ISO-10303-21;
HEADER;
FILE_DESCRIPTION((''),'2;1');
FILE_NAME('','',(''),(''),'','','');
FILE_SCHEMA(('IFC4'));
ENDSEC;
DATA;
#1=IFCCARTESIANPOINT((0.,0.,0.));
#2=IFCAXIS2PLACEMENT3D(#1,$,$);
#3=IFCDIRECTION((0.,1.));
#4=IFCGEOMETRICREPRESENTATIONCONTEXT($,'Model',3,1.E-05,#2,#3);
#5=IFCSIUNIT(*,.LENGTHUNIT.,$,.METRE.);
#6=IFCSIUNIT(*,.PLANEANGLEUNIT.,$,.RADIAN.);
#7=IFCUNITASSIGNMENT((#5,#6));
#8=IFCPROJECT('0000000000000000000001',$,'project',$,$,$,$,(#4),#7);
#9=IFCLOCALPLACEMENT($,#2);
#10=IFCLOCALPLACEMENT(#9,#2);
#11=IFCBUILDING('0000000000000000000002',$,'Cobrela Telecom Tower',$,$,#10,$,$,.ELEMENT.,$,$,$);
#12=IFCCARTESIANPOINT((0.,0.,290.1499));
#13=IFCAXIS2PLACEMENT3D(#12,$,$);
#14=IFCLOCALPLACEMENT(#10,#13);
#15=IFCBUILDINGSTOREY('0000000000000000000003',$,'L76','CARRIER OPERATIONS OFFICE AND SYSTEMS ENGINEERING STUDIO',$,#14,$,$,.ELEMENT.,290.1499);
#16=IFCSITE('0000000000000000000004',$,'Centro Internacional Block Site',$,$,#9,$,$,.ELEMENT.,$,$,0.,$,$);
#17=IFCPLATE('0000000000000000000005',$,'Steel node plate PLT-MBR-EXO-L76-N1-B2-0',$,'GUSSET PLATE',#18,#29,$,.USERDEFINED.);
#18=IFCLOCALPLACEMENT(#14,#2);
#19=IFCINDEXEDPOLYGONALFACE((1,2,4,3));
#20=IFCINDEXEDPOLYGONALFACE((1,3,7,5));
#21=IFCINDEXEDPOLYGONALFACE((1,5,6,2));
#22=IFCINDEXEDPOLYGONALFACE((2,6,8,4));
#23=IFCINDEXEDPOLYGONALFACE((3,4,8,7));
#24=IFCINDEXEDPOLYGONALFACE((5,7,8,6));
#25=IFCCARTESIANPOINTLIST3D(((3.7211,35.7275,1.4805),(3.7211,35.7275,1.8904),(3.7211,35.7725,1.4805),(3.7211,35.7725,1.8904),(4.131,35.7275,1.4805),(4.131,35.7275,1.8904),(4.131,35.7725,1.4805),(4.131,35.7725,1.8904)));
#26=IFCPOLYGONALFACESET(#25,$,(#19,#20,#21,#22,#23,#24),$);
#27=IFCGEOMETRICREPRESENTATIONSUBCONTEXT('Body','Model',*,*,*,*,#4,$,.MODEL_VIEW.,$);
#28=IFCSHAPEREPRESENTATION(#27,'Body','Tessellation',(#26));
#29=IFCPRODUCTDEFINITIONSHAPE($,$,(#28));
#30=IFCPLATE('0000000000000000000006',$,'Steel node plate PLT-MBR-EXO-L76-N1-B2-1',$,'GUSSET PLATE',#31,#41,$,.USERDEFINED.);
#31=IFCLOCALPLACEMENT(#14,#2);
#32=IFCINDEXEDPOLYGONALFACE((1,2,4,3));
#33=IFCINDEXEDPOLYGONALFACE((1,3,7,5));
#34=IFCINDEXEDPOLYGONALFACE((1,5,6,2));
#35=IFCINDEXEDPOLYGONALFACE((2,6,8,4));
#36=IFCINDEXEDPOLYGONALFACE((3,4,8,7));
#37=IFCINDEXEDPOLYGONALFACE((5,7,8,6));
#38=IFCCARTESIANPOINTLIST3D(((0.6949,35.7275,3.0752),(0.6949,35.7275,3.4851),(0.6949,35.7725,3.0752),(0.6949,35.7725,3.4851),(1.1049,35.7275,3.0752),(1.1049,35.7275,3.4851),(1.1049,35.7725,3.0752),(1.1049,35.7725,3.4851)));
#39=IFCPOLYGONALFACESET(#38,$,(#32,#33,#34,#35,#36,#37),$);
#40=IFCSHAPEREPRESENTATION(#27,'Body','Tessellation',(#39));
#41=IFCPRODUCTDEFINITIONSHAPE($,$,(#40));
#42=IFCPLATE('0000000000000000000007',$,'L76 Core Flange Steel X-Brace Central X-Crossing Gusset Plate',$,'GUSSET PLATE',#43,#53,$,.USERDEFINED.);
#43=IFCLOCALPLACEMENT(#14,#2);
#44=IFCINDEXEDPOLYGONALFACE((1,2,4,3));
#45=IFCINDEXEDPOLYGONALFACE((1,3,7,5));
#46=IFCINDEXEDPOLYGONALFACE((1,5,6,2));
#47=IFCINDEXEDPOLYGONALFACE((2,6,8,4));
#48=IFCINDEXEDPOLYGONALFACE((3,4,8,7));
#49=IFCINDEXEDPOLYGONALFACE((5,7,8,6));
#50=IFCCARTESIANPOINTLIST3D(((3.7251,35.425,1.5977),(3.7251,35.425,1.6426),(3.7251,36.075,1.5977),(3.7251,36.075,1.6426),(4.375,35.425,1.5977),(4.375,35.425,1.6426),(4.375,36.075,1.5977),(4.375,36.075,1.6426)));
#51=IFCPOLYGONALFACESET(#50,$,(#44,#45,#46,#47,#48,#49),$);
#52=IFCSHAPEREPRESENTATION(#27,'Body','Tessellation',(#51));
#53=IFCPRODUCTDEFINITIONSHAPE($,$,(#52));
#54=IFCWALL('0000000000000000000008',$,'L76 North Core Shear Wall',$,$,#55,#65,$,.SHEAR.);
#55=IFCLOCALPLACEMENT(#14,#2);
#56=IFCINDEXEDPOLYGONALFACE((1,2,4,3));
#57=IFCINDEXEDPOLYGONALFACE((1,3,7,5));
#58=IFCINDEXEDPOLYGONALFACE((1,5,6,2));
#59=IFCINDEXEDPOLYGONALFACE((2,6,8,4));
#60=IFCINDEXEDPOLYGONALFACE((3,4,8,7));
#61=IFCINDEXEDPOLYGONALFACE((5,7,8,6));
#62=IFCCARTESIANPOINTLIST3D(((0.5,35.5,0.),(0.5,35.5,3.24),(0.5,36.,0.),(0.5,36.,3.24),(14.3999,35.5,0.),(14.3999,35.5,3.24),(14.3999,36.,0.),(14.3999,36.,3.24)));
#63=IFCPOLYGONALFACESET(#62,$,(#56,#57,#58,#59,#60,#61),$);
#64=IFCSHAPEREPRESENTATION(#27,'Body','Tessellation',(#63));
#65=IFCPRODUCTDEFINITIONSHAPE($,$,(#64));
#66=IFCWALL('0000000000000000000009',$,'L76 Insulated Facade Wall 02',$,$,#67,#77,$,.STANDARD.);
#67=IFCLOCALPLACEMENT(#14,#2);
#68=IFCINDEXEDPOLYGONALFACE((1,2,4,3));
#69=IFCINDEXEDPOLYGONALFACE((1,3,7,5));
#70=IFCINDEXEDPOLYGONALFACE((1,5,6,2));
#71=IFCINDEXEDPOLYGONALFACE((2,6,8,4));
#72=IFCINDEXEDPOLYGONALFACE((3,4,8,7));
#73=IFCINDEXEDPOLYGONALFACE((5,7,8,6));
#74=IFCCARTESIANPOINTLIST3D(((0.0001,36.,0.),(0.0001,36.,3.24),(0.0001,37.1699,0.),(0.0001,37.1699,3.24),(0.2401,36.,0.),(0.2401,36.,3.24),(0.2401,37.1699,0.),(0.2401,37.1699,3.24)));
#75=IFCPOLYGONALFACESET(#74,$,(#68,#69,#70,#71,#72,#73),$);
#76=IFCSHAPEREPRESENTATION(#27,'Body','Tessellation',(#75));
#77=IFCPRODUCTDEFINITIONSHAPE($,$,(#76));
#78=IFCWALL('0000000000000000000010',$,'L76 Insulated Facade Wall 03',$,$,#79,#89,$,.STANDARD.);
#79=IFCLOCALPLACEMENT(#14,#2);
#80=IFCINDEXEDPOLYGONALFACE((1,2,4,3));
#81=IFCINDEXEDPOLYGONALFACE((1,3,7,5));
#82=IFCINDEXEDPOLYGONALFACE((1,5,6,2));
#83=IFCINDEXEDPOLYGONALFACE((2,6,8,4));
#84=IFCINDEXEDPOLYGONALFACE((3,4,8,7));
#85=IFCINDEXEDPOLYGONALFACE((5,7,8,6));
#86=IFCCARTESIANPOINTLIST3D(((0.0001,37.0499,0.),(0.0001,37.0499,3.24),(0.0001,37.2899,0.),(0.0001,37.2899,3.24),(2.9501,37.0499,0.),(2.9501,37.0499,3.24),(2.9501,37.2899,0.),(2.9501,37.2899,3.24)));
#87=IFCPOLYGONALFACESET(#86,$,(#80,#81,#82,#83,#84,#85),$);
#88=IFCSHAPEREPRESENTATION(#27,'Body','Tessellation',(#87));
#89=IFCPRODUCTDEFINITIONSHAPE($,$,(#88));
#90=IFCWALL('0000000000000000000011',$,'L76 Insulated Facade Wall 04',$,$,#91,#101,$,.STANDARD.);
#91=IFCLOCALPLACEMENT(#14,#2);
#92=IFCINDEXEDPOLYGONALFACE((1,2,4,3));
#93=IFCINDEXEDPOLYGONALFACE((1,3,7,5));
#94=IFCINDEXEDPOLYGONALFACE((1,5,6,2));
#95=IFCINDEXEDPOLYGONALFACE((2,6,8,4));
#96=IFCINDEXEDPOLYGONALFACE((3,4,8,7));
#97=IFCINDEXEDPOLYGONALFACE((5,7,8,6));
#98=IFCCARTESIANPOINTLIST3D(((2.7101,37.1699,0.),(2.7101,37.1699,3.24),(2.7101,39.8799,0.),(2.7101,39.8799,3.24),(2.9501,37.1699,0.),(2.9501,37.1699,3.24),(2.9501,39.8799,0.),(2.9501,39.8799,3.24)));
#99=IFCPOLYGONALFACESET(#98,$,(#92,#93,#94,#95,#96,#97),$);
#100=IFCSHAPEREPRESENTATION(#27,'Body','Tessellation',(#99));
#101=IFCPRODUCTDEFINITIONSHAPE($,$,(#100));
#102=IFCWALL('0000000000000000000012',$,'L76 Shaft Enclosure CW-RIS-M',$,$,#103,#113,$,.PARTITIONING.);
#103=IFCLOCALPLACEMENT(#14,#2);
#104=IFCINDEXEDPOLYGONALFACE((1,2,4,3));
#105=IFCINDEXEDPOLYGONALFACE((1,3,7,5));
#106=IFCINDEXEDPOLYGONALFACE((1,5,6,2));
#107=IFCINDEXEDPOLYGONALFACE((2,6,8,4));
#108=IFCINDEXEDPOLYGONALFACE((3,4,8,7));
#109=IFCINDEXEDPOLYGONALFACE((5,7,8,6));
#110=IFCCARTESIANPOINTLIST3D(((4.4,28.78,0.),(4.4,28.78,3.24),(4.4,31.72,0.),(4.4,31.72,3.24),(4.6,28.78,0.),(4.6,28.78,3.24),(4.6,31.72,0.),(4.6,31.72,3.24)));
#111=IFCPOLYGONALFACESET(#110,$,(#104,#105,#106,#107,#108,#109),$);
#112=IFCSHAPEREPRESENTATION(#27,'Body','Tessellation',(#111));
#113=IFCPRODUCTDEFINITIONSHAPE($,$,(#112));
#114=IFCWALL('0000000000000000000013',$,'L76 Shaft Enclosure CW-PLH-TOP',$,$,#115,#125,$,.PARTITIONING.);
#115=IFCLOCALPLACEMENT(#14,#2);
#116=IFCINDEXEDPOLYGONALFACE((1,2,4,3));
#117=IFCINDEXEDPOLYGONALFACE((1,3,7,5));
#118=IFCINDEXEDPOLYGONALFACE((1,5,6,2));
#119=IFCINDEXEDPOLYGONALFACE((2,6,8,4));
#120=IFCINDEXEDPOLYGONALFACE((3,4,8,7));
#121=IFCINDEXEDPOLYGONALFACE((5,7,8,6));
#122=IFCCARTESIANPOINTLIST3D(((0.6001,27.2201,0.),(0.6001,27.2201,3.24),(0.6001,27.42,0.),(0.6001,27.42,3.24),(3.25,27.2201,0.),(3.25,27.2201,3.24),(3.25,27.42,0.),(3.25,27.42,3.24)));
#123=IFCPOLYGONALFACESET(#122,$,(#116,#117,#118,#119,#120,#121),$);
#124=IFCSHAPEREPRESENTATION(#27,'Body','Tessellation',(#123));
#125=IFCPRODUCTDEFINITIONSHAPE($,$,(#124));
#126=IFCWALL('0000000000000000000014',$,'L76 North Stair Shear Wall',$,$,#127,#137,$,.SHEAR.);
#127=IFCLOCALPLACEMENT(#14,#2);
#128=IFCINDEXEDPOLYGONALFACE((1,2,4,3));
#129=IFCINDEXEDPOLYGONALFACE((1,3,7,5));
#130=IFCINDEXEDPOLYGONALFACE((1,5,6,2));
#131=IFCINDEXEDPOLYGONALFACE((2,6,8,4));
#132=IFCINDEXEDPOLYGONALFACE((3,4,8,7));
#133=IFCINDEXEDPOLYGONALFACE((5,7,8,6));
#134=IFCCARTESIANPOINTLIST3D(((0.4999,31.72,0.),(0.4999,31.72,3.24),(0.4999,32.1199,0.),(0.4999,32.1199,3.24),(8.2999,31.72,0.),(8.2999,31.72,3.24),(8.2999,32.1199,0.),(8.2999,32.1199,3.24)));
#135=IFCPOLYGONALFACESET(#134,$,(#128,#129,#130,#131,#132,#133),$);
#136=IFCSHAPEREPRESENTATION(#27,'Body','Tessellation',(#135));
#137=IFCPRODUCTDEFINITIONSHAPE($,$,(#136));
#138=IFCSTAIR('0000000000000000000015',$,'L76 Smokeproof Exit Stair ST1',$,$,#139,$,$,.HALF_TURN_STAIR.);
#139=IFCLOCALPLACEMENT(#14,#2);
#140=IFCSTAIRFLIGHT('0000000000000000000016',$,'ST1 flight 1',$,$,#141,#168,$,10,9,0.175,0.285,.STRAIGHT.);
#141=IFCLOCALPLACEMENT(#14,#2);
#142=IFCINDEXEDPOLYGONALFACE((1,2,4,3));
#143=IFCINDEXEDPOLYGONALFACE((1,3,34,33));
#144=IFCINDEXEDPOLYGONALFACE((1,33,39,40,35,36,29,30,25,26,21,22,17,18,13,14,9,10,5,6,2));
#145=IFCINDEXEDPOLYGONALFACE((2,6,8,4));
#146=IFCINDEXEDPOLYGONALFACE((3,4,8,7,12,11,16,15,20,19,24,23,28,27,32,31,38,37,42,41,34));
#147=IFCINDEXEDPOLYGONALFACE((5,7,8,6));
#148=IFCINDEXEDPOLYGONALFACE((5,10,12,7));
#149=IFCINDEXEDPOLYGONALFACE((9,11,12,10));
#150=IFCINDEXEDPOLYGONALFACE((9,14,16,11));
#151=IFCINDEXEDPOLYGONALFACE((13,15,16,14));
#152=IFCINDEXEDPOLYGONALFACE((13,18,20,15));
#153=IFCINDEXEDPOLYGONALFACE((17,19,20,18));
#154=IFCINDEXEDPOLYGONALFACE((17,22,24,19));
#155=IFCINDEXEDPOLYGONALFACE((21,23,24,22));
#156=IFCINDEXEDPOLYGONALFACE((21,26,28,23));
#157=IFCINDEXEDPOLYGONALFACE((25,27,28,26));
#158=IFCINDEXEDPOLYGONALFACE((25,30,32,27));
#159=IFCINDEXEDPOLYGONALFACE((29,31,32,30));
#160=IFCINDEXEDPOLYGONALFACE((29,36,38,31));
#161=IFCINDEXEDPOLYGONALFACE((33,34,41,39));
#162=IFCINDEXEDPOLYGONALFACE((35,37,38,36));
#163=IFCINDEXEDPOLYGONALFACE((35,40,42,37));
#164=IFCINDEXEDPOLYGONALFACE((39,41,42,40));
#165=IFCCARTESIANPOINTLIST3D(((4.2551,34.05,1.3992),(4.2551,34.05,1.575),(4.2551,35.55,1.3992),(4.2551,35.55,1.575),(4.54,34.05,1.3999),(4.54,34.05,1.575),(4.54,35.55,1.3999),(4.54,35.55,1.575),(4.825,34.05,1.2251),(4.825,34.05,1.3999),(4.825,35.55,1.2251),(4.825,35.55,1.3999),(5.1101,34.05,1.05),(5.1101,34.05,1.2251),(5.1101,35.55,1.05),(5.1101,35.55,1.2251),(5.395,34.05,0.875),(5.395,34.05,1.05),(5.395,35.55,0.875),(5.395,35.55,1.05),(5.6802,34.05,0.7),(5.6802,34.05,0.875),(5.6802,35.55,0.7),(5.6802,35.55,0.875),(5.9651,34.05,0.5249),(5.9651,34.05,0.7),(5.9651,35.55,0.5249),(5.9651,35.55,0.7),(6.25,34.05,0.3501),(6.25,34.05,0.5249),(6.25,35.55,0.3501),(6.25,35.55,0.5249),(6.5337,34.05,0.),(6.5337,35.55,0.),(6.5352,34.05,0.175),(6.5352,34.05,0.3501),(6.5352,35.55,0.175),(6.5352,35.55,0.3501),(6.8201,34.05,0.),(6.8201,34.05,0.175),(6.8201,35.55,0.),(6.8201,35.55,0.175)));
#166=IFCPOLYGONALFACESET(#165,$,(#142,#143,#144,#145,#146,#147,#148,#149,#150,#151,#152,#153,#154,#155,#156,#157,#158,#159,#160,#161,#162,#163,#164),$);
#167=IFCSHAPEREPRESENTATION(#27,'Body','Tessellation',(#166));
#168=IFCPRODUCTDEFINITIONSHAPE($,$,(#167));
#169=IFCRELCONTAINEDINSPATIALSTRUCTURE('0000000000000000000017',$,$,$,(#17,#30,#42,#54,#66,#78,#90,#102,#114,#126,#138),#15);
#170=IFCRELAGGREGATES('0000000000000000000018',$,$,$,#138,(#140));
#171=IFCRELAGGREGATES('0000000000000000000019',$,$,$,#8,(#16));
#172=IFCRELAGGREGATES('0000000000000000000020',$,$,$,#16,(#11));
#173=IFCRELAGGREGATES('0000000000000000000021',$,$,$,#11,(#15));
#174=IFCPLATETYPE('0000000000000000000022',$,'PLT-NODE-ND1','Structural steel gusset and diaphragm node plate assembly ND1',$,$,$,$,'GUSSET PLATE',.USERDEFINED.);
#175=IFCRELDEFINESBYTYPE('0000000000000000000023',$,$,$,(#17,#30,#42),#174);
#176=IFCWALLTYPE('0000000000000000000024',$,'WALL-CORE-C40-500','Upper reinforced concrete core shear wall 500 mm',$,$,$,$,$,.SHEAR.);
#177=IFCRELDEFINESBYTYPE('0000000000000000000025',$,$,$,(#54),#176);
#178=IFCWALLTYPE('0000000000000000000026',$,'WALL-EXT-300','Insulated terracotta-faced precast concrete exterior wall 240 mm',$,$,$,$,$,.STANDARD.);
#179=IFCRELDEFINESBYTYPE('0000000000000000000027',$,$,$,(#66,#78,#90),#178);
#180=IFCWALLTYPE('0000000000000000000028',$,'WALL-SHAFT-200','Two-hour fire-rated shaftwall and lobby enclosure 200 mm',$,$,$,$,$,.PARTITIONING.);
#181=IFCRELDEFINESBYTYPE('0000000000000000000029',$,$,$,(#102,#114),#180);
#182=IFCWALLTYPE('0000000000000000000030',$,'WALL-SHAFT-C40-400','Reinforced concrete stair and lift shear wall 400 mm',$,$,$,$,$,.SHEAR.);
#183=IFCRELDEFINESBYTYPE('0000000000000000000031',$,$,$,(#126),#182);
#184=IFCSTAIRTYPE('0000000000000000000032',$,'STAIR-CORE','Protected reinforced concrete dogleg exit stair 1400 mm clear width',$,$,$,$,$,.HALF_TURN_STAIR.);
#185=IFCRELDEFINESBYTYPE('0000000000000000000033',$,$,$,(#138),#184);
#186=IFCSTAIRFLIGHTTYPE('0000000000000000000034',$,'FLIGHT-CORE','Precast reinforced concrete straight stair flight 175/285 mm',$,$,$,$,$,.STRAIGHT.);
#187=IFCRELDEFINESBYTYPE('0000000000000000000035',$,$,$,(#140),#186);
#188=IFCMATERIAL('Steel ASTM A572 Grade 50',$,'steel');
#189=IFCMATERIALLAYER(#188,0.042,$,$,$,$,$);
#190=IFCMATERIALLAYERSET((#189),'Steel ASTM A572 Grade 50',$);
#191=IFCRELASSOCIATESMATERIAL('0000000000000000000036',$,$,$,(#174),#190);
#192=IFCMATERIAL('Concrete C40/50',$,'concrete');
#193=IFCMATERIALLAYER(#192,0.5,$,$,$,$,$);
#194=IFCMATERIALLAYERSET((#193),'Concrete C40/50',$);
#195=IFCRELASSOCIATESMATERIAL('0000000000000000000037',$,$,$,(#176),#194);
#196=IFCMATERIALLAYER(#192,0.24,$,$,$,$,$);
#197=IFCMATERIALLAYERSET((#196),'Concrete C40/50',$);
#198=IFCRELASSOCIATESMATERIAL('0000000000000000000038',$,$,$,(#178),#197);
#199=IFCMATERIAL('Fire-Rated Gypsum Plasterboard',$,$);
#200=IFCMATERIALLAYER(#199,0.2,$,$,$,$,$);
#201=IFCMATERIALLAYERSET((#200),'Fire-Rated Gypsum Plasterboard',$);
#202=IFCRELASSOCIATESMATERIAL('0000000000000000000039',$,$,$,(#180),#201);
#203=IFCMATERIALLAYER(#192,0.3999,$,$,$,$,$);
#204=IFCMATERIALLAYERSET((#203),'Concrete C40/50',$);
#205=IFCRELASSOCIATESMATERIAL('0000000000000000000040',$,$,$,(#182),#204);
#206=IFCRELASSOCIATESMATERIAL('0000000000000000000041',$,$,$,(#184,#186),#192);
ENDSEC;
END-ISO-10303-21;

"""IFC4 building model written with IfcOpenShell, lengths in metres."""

from ifc_helpers import new_model, si_unit, direction, frame, frame_2d, origin, origin_2d, place, context, subcontext, project, spatial, polyline, rectangle, outline, extrude, material, layer, layer_set, type_object, element, aggregate, save


model = new_model("IFC4")

# Units and contexts
model_context = context("Model", 3, precision=1e-05, world=origin(), true_north=direction((0.0, 1.0)))
body_context = subcontext(model_context, "Body", "Model", "MODEL_VIEW")
ifc_project = project(units=[si_unit("LENGTHUNIT", "METRE"), si_unit("PLANEANGLEUNIT", "RADIAN")], contexts=[model_context])

# Site, building, storey
site_placement = place(None, origin())
site = spatial("IfcSite", under=ifc_project, at=site_placement, Name="Centro Internacional Block Site", CompositionType="ELEMENT", RefElevation=0.0)
building_placement = place(site_placement, origin())
building = spatial("IfcBuilding", under=site, at=building_placement, Name="Cobrela Telecom Tower", CompositionType="ELEMENT")
storey_placement = place(building_placement, frame((0.0, 0.0, 290.1499)))
storey = spatial("IfcBuildingStorey", under=building, at=storey_placement, Name="L76", Description="CARRIER OPERATIONS OFFICE AND SYSTEMS ENGINEERING STUDIO", CompositionType="ELEMENT", Elevation=290.1499)

# Shared definitions
ifc_material_1 = material(Name="Steel ASTM A572 Grade 50", Category="steel")

# Plates
ifc_layer_1 = layer(ifc_material_1, 0.042)
ifc_layer_set_1 = layer_set([ifc_layer_1], Name="Steel ASTM A572 Grade 50")
plate_type_1 = type_object("IfcPlateType", Name="PLT-NODE-ND1", Description="Structural steel gusset and diaphragm node plate assembly ND1", ElementType="GUSSET PLATE", PredefinedType="USERDEFINED", material=ifc_layer_set_1)
for number, where, z_axis, x_axis, name in (
    (1, (3.926, 35.75, 1.4805), (0.0, 0.0, 1.0), (-1.0, 0.0, 0.0), "Steel node plate PLT-MBR-EXO-L76-N1-B2-0"),
    (2, (0.8999, 35.75, 3.0752), (0.0, 0.0, 1.0), (-1.0, 0.0, 0.0), "Steel node plate PLT-MBR-EXO-L76-N1-B2-1"),
):
    element("IfcPlate", number, at=place(storey_placement, frame(where, z_axis=z_axis, x_axis=x_axis)), inside=storey, type_object=plate_type_1, Name=name, ObjectType="GUSSET PLATE", PredefinedType="USERDEFINED", context=body_context, shape_type="SweptSolid", body=[
        extrude(rectangle(XDim=0.4099, YDim=0.0449, at=origin_2d()), origin(), (0.0, 0.0, 1.0), 0.4099),
    ])
plate_1_placement = place(storey_placement, frame((4.05, 35.75, 1.5977), z_axis=(0.0, 0.0, 1.0), x_axis=(1.0, 0.0, 0.0)))
element("IfcPlate", 3, at=plate_1_placement, inside=storey, type_object=plate_type_1, Name="L76 Core Flange Steel X-Brace Central X-Crossing Gusset Plate", ObjectType="GUSSET PLATE", PredefinedType="USERDEFINED", context=body_context, shape_type="SweptSolid", body=[
    extrude(rectangle(XDim=0.6499, YDim=0.6499, at=origin_2d()), origin(), (0.0, 0.0, 1.0), 0.0449),
])

# Walls
ifc_material_2 = material(Name="Concrete C40/50", Category="concrete")
ifc_layer_2 = layer(ifc_material_2, 0.5)
ifc_layer_set_2 = layer_set([ifc_layer_2], Name="Concrete C40/50")
wall_type_1 = type_object("IfcWallType", Name="WALL-CORE-C40-500", Description="Upper reinforced concrete core shear wall 500 mm", PredefinedType="SHEAR", material=ifc_layer_set_2)
wall_1_placement = place(storey_placement, frame((0.5, 35.75, 0.0), z_axis=(0.0, 0.0, 1.0), x_axis=(1.0, 0.0, 0.0)))
element("IfcWall", 4, at=wall_1_placement, inside=storey, type_object=wall_type_1, Name="L76 North Core Shear Wall", PredefinedType="SHEAR", context=body_context, shape_type="SweptSolid", body=[
    extrude(rectangle(XDim=13.8999, YDim=0.5, at=frame_2d((6.95, 0.0))), origin(), (0.0, 0.0, 1.0), 3.24),
])
ifc_layer_3 = layer(ifc_material_2, 0.24)
ifc_layer_set_3 = layer_set([ifc_layer_3], Name="Concrete C40/50")
wall_type_2 = type_object("IfcWallType", Name="WALL-EXT-300", Description="Insulated terracotta-faced precast concrete exterior wall 240 mm", PredefinedType="STANDARD", material=ifc_layer_set_3)
wall_2_placement = place(storey_placement, frame((0.1201, 36.0, 0.0), z_axis=(0.0, 0.0, 1.0), x_axis=(0.0, 1.0, 0.0)))
element("IfcWall", 5, at=wall_2_placement, inside=storey, type_object=wall_type_2, Name="L76 Insulated Facade Wall 02", PredefinedType="STANDARD", context=body_context, shape_type="SweptSolid", body=[
    extrude(rectangle(XDim=1.1699, YDim=0.24, at=frame_2d((0.585, 0.0))), origin(), (0.0, 0.0, 1.0), 3.24),
])
wall_3_placement = place(storey_placement, frame((0.0, 37.1699, 0.0), z_axis=(0.0, 0.0, 1.0), x_axis=(1.0, 0.0, 0.0)))
element("IfcWall", 6, at=wall_3_placement, inside=storey, type_object=wall_type_2, Name="L76 Insulated Facade Wall 03", PredefinedType="STANDARD", context=body_context, shape_type="SweptSolid", body=[
    extrude(rectangle(XDim=2.95, YDim=0.24, at=frame_2d((1.4751, 0.0))), origin(), (0.0, 0.0, 1.0), 3.24),
])
wall_4_placement = place(storey_placement, frame((2.8301, 37.1699, 0.0), z_axis=(0.0, 0.0, 1.0), x_axis=(0.0, 1.0, 0.0)))
element("IfcWall", 7, at=wall_4_placement, inside=storey, type_object=wall_type_2, Name="L76 Insulated Facade Wall 04", PredefinedType="STANDARD", context=body_context, shape_type="SweptSolid", body=[
    extrude(rectangle(XDim=2.71, YDim=0.24, at=frame_2d((1.355, 0.0))), origin(), (0.0, 0.0, 1.0), 3.24),
])

# Shared definitions
ifc_material_3 = material(Name="Fire-Rated Gypsum Plasterboard")
ifc_layer_4 = layer(ifc_material_3, 0.2)
ifc_layer_set_4 = layer_set([ifc_layer_4], Name="Fire-Rated Gypsum Plasterboard")
wall_type_3 = type_object("IfcWallType", Name="WALL-SHAFT-200", Description="Two-hour fire-rated shaftwall and lobby enclosure 200 mm", PredefinedType="PARTITIONING", material=ifc_layer_set_4)

# Walls
wall_5_placement = place(storey_placement, frame((4.5, 28.78, 0.0), z_axis=(0.0, 0.0, 1.0), x_axis=(0.0, 1.0, 0.0)))
element("IfcWall", 8, at=wall_5_placement, inside=storey, type_object=wall_type_3, Name="L76 Shaft Enclosure CW-RIS-M", PredefinedType="PARTITIONING", context=body_context, shape_type="SweptSolid", body=[
    extrude(rectangle(XDim=2.9399, YDim=0.2, at=frame_2d((1.47, 0.0))), origin(), (0.0, 0.0, 1.0), 3.24),
])
wall_6_placement = place(storey_placement, frame((0.6001, 27.3201, 0.0), z_axis=(0.0, 0.0, 1.0), x_axis=(1.0, 0.0, 0.0)))
element("IfcWall", 9, at=wall_6_placement, inside=storey, type_object=wall_type_3, Name="L76 Shaft Enclosure CW-PLH-TOP", PredefinedType="PARTITIONING", context=body_context, shape_type="SweptSolid", body=[
    extrude(rectangle(XDim=2.6499, YDim=0.2, at=frame_2d((1.325, 0.0))), origin(), (0.0, 0.0, 1.0), 3.24),
])
ifc_layer_5 = layer(ifc_material_2, 0.3999)
ifc_layer_set_5 = layer_set([ifc_layer_5], Name="Concrete C40/50")
wall_type_4 = type_object("IfcWallType", Name="WALL-SHAFT-C40-400", Description="Reinforced concrete stair and lift shear wall 400 mm", PredefinedType="SHEAR", material=ifc_layer_set_5)
wall_7_placement = place(storey_placement, frame((0.5, 31.9199, 0.0), z_axis=(0.0, 0.0, 1.0), x_axis=(1.0, 0.0, 0.0)))
element("IfcWall", 10, at=wall_7_placement, inside=storey, type_object=wall_type_4, Name="L76 North Stair Shear Wall", PredefinedType="SHEAR", context=body_context, shape_type="SweptSolid", body=[
    extrude(rectangle(XDim=7.8, YDim=0.3999, at=frame_2d((3.8999, 0.0))), origin(), (0.0, 0.0, 1.0), 3.24),
])

# Stair, stair flight
stair_type = type_object("IfcStairType", Name="STAIR-CORE", Description="Protected reinforced concrete dogleg exit stair 1400 mm clear width", PredefinedType="HALF_TURN_STAIR", material=ifc_material_2)
stair_placement = place(storey_placement, origin())
stair = element("IfcStair", 11, at=stair_placement, inside=storey, type_object=stair_type, Name="L76 Smokeproof Exit Stair ST1", PredefinedType="HALF_TURN_STAIR")
stair_flight_type = type_object("IfcStairFlightType", Name="FLIGHT-CORE", Description="Precast reinforced concrete straight stair flight 175/285 mm", PredefinedType="STRAIGHT", material=ifc_material_2)
stair_flight_1_placement = place(storey_placement, frame((6.8201, 34.8, 0.0), z_axis=(0.0, 0.0, 1.0), x_axis=(-1.0, 0.0, 0.0)))
stair_flight_1 = element("IfcStairFlight", 12, at=stair_flight_1_placement, type_object=stair_flight_type, Name="ST1 flight 1", NumberOfRisers=10, NumberOfTreads=9, PredefinedType="STRAIGHT", RiserHeight=0.175, TreadLength=0.285, context=body_context, shape_type="SweptSolid", body=[
    extrude(outline(polyline([(0.0, 0.0), (0.0, 0.175), (0.2849, 0.175), (0.2849, 0.3501), (0.5701, 0.3501), (0.5701, 0.5249), (0.855, 0.5249), (0.855, 0.7), (1.1399, 0.7), (1.1399, 0.875), (1.425, 0.875), (1.425, 1.05), (1.71, 1.05), (1.71, 1.2251), (1.9951, 1.2251), (1.9951, 1.3999), (2.28, 1.3999), (2.28, 1.575), (2.5649, 1.575), (2.5649, 1.75), (2.5649, 1.3992), (0.2864, 0.0), (0.0, 0.0)])), frame((0.0, 0.75, 0.0), z_axis=(0.0, -1.0, 0.0), x_axis=(1.0, 0.0, 0.0)), (0.0, 0.0, 1.0), 1.5),
])
aggregate(stair, [stair_flight_1])

save(model, "model.ifc")
